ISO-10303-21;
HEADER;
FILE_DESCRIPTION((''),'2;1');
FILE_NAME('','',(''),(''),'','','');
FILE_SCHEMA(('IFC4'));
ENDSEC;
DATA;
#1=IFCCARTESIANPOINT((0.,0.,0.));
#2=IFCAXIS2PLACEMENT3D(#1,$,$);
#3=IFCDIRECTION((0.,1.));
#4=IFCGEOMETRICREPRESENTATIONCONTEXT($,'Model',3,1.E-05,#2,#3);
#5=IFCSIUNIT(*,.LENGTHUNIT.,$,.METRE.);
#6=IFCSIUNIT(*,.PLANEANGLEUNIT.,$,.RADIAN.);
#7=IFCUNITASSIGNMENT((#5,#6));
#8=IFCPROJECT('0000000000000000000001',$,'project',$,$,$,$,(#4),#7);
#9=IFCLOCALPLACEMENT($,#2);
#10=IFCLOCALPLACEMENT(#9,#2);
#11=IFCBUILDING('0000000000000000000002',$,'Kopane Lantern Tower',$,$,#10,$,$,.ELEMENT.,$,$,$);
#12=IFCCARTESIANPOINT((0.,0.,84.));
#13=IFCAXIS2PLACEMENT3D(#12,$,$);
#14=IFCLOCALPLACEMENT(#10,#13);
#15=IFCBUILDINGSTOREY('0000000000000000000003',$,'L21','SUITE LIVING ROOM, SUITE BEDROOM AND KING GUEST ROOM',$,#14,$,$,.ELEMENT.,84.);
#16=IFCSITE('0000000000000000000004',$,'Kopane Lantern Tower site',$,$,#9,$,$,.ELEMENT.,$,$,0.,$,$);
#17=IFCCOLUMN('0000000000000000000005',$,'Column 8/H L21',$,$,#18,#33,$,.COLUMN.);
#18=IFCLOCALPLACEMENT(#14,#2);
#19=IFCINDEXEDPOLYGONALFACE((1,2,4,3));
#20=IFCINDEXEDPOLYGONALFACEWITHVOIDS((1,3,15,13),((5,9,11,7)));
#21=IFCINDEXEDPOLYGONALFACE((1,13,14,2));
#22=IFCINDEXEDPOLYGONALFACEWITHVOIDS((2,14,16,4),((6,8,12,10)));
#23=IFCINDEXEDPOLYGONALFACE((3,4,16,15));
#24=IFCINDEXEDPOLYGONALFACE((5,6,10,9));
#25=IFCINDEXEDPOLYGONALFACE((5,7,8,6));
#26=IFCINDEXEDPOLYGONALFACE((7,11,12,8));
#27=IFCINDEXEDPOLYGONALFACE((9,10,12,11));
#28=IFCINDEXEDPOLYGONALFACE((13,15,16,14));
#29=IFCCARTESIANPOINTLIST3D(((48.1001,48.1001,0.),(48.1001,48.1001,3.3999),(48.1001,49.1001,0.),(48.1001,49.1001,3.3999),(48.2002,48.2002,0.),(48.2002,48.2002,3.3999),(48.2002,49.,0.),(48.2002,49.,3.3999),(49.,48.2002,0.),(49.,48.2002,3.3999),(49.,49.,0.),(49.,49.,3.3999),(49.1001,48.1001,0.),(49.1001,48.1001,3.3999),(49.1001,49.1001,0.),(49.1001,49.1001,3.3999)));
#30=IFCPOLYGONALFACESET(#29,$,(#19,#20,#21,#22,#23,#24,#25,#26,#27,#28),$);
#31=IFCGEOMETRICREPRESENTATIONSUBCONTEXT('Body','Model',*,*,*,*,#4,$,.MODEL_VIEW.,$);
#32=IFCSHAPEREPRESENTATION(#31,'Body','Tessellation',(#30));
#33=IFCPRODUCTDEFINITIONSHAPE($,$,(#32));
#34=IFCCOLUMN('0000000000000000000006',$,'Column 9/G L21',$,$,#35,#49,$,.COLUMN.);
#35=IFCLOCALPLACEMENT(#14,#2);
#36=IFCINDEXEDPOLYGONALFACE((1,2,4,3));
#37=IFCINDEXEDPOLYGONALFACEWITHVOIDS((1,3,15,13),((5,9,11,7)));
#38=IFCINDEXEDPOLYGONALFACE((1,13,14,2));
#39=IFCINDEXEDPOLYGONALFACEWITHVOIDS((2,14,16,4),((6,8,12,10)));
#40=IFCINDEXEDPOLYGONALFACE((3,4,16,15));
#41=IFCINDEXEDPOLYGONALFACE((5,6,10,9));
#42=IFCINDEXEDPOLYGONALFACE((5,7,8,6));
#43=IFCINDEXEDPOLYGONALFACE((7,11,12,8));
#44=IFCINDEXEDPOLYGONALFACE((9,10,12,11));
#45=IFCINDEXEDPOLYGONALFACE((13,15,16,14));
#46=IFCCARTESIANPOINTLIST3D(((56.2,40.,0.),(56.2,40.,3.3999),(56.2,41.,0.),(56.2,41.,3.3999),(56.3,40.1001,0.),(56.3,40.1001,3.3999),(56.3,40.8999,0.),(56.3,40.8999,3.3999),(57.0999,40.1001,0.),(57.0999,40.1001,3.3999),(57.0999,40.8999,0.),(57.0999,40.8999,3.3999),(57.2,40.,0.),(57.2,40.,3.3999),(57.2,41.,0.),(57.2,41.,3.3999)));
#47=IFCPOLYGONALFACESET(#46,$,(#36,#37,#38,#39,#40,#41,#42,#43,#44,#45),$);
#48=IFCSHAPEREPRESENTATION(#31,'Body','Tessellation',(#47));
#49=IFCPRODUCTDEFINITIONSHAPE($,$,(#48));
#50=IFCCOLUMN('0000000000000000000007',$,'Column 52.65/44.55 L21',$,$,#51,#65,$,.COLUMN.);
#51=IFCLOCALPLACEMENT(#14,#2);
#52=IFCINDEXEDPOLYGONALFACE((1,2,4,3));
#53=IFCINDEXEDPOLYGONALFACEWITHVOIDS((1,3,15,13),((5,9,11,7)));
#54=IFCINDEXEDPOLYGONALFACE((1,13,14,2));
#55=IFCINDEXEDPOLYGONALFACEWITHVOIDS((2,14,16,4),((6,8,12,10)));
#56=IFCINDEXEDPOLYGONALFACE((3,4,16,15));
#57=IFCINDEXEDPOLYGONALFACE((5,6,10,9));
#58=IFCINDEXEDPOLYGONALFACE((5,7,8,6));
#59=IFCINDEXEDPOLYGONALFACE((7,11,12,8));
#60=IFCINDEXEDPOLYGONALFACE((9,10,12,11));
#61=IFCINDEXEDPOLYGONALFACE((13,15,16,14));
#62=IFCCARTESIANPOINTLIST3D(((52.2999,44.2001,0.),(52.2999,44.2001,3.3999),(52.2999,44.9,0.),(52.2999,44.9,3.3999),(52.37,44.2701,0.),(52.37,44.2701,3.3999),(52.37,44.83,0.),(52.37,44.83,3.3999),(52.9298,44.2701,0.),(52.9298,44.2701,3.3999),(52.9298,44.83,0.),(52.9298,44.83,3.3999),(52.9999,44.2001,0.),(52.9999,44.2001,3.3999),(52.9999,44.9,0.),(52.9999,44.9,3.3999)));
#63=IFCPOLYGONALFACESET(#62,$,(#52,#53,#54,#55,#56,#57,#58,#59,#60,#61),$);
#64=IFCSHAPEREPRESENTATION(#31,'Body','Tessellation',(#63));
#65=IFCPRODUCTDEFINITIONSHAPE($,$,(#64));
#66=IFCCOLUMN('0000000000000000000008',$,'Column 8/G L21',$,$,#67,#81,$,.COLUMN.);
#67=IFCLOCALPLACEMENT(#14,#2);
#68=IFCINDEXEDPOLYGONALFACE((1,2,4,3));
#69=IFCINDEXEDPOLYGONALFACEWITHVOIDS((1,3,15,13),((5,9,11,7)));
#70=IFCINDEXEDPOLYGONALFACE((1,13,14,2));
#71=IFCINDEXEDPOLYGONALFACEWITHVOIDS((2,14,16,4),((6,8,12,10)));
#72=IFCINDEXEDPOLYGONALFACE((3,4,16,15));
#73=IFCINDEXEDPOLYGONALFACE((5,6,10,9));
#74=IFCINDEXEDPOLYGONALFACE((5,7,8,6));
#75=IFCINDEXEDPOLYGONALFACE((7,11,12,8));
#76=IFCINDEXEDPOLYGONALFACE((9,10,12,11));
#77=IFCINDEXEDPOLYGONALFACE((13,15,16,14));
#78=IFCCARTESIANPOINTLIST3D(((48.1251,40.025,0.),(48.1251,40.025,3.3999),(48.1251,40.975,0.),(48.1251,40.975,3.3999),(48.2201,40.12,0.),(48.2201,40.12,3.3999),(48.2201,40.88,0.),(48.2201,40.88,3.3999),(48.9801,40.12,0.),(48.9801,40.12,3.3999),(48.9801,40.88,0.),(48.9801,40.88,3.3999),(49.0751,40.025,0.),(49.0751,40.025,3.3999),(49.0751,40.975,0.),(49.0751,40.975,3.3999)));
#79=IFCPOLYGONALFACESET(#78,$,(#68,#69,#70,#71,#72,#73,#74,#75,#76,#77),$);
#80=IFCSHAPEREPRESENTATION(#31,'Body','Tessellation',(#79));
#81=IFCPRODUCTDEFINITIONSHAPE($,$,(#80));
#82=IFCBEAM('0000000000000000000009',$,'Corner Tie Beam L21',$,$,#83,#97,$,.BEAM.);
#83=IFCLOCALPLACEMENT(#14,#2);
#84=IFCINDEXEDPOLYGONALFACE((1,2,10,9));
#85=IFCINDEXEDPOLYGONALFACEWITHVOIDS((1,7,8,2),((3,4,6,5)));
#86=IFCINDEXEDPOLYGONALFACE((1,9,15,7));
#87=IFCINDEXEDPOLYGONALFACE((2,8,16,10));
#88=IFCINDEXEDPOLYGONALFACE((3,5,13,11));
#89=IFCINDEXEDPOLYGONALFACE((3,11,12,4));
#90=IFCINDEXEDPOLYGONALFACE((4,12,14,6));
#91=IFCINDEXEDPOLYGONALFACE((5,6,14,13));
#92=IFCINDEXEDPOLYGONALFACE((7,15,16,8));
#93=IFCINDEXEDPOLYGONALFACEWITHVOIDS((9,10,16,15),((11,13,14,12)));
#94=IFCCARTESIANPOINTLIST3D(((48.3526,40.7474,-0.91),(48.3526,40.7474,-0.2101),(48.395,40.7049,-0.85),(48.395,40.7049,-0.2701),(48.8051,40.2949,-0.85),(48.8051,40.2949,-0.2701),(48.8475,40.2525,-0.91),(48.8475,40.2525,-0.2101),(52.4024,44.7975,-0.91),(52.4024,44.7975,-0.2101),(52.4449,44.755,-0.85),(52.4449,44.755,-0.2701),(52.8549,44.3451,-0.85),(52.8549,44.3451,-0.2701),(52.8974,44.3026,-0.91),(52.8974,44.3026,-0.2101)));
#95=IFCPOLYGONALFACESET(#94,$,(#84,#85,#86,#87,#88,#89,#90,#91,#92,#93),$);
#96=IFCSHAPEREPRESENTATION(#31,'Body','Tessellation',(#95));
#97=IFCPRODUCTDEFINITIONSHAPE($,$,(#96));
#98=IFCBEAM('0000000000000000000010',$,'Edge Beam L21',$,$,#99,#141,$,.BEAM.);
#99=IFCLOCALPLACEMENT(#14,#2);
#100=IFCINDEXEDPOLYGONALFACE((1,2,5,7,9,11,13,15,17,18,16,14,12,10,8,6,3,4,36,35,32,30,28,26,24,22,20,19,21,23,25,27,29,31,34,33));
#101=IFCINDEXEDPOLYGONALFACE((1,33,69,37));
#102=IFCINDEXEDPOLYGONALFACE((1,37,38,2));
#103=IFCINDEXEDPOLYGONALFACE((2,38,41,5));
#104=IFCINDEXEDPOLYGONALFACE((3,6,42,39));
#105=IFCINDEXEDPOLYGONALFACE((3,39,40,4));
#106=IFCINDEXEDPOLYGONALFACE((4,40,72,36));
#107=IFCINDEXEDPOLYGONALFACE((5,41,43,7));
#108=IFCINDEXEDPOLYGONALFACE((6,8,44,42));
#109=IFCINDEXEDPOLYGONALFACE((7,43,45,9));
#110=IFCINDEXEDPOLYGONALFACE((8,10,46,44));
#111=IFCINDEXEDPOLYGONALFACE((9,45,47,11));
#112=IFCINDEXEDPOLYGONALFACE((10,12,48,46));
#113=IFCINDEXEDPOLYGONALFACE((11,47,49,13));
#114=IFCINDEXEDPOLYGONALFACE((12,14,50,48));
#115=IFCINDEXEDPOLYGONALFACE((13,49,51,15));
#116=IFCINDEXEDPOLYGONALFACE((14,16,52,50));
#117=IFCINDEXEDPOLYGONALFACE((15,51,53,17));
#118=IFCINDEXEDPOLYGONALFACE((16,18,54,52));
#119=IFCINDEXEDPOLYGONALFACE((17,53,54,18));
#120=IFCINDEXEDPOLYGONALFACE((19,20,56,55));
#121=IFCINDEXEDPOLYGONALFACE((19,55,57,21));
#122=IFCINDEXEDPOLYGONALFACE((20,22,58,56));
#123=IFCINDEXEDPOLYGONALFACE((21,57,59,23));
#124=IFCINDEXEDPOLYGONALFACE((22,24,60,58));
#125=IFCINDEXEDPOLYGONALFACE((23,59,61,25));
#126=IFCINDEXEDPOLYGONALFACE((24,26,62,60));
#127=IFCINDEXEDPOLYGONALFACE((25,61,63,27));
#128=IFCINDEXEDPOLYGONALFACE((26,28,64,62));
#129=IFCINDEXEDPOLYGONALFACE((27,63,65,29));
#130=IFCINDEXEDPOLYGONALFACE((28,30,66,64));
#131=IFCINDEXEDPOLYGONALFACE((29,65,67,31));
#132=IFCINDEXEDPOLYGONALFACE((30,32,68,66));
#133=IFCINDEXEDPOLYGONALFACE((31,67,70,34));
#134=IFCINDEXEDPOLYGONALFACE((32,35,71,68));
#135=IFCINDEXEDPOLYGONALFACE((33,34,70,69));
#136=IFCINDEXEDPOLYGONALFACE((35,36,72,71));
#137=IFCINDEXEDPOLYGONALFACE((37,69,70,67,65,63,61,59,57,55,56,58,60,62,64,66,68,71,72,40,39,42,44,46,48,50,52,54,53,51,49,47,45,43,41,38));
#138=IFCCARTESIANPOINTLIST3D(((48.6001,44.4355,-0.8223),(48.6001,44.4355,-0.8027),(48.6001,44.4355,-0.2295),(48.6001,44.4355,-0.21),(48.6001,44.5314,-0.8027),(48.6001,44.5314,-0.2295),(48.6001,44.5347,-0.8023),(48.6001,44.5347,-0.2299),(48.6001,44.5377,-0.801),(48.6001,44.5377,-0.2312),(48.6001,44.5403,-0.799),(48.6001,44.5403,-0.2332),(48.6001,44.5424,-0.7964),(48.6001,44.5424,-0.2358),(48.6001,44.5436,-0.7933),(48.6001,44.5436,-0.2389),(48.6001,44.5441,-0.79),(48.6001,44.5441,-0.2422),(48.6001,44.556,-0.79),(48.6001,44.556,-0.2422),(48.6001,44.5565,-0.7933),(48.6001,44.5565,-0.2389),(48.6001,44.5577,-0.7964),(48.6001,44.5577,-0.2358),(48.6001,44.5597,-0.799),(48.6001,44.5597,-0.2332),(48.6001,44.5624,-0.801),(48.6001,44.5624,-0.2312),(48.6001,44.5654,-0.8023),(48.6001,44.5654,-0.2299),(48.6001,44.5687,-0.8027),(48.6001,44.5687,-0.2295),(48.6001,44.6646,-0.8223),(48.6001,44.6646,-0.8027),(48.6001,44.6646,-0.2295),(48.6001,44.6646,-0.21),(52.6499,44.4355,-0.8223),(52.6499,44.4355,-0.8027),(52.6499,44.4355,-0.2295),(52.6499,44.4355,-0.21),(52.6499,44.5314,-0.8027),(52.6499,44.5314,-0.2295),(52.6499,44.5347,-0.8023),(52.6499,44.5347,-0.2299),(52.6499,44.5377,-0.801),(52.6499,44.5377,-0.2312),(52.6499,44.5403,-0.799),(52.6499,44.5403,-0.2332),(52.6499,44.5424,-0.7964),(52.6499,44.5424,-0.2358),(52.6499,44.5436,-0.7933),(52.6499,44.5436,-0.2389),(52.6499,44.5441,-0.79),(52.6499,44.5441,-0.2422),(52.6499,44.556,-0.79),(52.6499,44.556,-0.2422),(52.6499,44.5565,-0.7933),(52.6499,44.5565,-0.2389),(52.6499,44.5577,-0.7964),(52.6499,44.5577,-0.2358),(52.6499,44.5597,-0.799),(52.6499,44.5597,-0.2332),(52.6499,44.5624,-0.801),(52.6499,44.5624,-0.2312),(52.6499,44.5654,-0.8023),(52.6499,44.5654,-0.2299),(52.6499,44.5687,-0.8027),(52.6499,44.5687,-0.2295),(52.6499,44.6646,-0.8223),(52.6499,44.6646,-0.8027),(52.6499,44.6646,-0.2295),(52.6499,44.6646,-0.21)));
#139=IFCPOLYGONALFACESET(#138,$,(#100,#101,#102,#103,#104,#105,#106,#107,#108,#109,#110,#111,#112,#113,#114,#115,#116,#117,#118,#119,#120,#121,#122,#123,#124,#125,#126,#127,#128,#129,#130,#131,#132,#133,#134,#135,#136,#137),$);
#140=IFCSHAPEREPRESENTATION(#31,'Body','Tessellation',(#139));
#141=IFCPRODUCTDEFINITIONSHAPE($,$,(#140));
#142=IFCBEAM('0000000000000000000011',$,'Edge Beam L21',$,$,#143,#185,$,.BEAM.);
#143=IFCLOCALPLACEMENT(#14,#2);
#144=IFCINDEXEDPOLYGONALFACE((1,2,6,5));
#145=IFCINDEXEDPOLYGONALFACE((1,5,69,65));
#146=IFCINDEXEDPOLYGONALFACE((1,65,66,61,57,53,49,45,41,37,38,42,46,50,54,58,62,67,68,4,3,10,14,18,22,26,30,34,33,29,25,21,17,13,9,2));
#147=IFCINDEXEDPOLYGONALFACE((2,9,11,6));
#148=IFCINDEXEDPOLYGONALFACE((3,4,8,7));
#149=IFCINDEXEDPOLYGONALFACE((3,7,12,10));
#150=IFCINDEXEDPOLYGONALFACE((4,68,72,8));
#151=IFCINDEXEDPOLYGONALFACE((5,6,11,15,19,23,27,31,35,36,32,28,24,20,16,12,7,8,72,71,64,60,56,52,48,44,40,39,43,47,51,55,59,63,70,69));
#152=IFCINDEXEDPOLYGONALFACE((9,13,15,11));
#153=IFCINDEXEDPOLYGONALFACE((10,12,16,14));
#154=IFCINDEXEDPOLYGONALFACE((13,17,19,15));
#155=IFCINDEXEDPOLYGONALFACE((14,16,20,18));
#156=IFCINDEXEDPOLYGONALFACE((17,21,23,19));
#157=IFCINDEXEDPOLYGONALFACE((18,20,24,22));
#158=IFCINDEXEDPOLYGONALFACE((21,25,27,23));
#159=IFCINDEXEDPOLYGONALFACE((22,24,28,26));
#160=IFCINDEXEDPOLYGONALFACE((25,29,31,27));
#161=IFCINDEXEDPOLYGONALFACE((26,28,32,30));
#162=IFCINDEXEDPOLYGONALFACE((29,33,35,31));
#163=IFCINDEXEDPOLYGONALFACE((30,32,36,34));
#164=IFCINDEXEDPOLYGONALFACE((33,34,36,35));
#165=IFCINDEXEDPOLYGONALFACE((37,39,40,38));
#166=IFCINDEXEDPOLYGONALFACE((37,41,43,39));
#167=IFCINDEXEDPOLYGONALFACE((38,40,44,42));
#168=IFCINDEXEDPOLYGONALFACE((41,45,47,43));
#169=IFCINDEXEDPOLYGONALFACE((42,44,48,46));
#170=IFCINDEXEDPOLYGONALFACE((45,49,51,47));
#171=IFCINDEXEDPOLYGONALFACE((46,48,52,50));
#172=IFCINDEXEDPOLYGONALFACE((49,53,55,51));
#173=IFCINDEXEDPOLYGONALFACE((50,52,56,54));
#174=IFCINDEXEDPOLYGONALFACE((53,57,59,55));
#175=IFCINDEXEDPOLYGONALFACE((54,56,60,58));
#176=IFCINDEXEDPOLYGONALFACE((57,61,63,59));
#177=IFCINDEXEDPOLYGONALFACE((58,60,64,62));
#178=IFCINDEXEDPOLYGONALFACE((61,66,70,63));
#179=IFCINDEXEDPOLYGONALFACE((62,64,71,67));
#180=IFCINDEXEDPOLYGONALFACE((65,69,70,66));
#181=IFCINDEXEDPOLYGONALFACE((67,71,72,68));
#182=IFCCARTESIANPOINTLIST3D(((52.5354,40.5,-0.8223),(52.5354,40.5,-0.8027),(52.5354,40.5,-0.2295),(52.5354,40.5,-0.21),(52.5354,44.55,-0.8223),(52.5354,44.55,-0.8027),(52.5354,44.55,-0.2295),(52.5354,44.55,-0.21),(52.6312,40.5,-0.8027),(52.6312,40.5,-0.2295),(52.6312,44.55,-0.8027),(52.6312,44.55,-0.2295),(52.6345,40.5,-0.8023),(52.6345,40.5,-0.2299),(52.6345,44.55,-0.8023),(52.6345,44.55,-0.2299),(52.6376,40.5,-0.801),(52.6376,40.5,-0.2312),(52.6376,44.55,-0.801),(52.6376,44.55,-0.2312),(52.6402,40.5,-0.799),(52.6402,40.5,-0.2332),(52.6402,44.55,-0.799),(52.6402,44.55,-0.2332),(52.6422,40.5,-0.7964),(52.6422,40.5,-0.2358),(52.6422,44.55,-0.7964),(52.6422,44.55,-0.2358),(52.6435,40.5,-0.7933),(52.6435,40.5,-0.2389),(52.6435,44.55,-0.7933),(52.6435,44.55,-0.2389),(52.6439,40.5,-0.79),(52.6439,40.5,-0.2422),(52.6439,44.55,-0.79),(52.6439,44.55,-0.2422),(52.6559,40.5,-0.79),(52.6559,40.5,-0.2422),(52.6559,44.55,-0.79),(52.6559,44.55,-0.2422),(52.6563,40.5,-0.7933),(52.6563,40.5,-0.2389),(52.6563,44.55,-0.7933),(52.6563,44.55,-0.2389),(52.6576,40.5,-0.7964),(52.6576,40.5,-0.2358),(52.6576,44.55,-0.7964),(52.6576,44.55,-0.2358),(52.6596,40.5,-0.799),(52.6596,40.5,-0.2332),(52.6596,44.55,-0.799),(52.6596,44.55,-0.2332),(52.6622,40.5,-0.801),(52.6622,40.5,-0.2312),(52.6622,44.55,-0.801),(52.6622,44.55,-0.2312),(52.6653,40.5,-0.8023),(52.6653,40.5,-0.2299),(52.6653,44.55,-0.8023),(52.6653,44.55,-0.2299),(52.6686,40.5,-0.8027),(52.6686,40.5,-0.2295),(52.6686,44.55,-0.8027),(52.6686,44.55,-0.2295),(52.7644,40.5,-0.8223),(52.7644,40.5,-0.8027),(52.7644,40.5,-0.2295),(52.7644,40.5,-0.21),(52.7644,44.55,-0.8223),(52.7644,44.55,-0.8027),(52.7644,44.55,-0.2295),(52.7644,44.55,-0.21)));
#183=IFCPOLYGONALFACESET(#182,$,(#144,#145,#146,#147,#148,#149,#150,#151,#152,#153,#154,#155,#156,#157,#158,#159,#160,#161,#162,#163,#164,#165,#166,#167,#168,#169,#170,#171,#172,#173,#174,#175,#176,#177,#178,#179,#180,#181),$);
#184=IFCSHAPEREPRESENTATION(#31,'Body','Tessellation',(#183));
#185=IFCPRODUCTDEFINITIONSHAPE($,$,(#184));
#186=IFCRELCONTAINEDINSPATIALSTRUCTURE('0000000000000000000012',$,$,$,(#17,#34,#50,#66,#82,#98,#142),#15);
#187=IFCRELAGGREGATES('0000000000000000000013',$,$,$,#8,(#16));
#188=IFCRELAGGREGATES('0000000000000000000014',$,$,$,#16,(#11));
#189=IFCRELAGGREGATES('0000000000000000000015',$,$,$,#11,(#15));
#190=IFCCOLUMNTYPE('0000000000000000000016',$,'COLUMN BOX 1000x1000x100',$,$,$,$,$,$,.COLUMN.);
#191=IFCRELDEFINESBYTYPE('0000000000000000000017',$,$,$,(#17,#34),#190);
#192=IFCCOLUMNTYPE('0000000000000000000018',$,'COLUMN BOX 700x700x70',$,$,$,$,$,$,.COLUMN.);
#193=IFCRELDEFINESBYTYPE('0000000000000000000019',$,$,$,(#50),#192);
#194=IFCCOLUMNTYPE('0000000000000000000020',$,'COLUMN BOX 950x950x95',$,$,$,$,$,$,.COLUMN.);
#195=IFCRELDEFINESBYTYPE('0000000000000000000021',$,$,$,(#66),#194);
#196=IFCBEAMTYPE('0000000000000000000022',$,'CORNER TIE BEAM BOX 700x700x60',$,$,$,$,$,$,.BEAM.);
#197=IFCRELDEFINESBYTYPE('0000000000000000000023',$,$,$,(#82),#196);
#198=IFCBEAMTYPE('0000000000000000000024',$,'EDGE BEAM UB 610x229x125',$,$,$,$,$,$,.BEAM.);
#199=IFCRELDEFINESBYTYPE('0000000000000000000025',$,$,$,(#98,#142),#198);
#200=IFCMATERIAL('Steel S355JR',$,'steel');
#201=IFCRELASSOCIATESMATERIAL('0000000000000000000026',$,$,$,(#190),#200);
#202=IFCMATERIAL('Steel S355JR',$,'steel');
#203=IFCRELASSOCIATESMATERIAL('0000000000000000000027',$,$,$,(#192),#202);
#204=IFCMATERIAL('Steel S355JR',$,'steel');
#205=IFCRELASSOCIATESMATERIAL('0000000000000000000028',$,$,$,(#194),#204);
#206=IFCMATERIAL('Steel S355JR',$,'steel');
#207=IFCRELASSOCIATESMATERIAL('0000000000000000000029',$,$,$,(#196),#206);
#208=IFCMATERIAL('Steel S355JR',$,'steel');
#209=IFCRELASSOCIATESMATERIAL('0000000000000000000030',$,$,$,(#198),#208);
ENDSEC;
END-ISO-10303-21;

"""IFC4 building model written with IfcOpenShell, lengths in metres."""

from ifc_helpers import new_model, si_unit, direction, frame, origin, origin_2d, place, context, subcontext, project, spatial, hollow_rectangle, i_section, extrude, material, material_profile, profile_set, type_object, element, save


model = new_model("IFC4")

# Units and contexts
model_context = context("Model", 3, precision=1e-05, world=origin(), true_north=direction((0.0, 1.0)))
body_context = subcontext(model_context, "Body", "Model", "MODEL_VIEW")
ifc_project = project(units=[si_unit("LENGTHUNIT", "METRE"), si_unit("PLANEANGLEUNIT", "RADIAN")], contexts=[model_context])

# Site, building, storey
site_placement = place(None, origin())
site = spatial("IfcSite", under=ifc_project, at=site_placement, Name="Kopane Lantern Tower site", CompositionType="ELEMENT", RefElevation=0.0)
building_placement = place(site_placement, origin())
building = spatial("IfcBuilding", under=site, at=building_placement, Name="Kopane Lantern Tower", CompositionType="ELEMENT")
storey_placement = place(building_placement, frame((0.0, 0.0, 84.0)))
storey = spatial("IfcBuildingStorey", under=building, at=storey_placement, Name="L21", Description="SUITE LIVING ROOM, SUITE BEDROOM AND KING GUEST ROOM", CompositionType="ELEMENT", Elevation=84.0)

# Columns
ifc_material_1 = material(Name="Steel S355JR", Category="steel")
ifc_material_profile_1 = material_profile(ifc_material_1, hollow_rectangle(XDim=1.0, YDim=1.0, WallThickness=0.1001, at=origin_2d()), Name="BOX 1000x1000x100")
ifc_profile_set_1 = profile_set([ifc_material_profile_1], Name="Steel S355JR")
column_type_1 = type_object("IfcColumnType", Name="COLUMN BOX 1000x1000x100", PredefinedType="COLUMN", material=ifc_profile_set_1)
for number, where, z_axis, x_axis, name in (
    (1, (48.6001, 48.6001, 0.0), (0.0, 0.0, 1.0), (1.0, 0.0, 0.0), "Column 8/H L21"),
    (2, (56.7, 40.5, 0.0), (0.0, 0.0, 1.0), (1.0, 0.0, 0.0), "Column 9/G L21"),
):
    element("IfcColumn", number, at=place(storey_placement, frame(where, z_axis=z_axis, x_axis=x_axis)), inside=storey, type_object=column_type_1, Name=name, PredefinedType="COLUMN", context=body_context, shape_type="SweptSolid", body=[
        extrude(hollow_rectangle(XDim=1.0, YDim=1.0, WallThickness=0.1001, at=origin_2d()), origin(), (0.0, 0.0, 1.0), 3.3999),
    ])
ifc_material_2 = material(Name="Steel S355JR", Category="steel")
ifc_material_profile_2 = material_profile(ifc_material_2, hollow_rectangle(XDim=0.7, YDim=0.7, WallThickness=0.0701, at=origin_2d()), Name="BOX 700x700x70")
ifc_profile_set_2 = profile_set([ifc_material_profile_2], Name="Steel S355JR")
column_type_2 = type_object("IfcColumnType", Name="COLUMN BOX 700x700x70", PredefinedType="COLUMN", material=ifc_profile_set_2)
column_1_placement = place(storey_placement, frame((52.6499, 44.55, 0.0), z_axis=(0.0, 0.0, 1.0), x_axis=(1.0, 0.0, 0.0)))
element("IfcColumn", 3, at=column_1_placement, inside=storey, type_object=column_type_2, Name="Column 52.65/44.55 L21", PredefinedType="COLUMN", context=body_context, shape_type="SweptSolid", body=[
    extrude(hollow_rectangle(XDim=0.7, YDim=0.7, WallThickness=0.0701, at=origin_2d()), origin(), (0.0, 0.0, 1.0), 3.3999),
])
ifc_material_3 = material(Name="Steel S355JR", Category="steel")
ifc_material_profile_3 = material_profile(ifc_material_3, hollow_rectangle(XDim=0.95, YDim=0.95, WallThickness=0.095, at=origin_2d()), Name="BOX 950x950x95")
ifc_profile_set_3 = profile_set([ifc_material_profile_3], Name="Steel S355JR")
column_type_3 = type_object("IfcColumnType", Name="COLUMN BOX 950x950x95", PredefinedType="COLUMN", material=ifc_profile_set_3)
column_2_placement = place(storey_placement, frame((48.6001, 40.5, 0.0), z_axis=(0.0, 0.0, 1.0), x_axis=(1.0, 0.0, 0.0)))
element("IfcColumn", 4, at=column_2_placement, inside=storey, type_object=column_type_3, Name="Column 8/G L21", PredefinedType="COLUMN", context=body_context, shape_type="SweptSolid", body=[
    extrude(hollow_rectangle(XDim=0.95, YDim=0.95, WallThickness=0.095, at=origin_2d()), origin(), (0.0, 0.0, 1.0), 3.3999),
])

# Beams
ifc_material_4 = material(Name="Steel S355JR", Category="steel")
ifc_material_profile_4 = material_profile(ifc_material_4, hollow_rectangle(XDim=0.7, YDim=0.7, WallThickness=0.0601, at=origin_2d()), Name="BOX 700x700x60")
ifc_profile_set_4 = profile_set([ifc_material_profile_4], Name="Steel S355JR")
beam_type_1 = type_object("IfcBeamType", Name="CORNER TIE BEAM BOX 700x700x60", PredefinedType="BEAM", material=ifc_profile_set_4)
beam_1_placement = place(storey_placement, frame((52.6499, 44.55, -0.5601), z_axis=(-0.707085, -0.707128, 0.0), x_axis=(0.707128, -0.707085, 0.0)))
element("IfcBeam", 5, at=beam_1_placement, inside=storey, type_object=beam_type_1, Name="Corner Tie Beam L21", PredefinedType="BEAM", context=body_context, shape_type="SweptSolid", body=[
    extrude(hollow_rectangle(XDim=0.7, YDim=0.7, WallThickness=0.0601, at=origin_2d()), origin(), (0.0, 0.0, 1.0), 5.7275),
])
ifc_material_5 = material(Name="Steel S355JR", Category="steel")
ifc_material_profile_5 = material_profile(ifc_material_5, i_section(OverallWidth=0.229, OverallDepth=0.6123, WebThickness=0.012, FlangeThickness=0.0195, FilletRadius=0.0127, at=origin_2d()), Name="UB 610x229x125")
ifc_profile_set_5 = profile_set([ifc_material_profile_5], Name="Steel S355JR")
beam_type_2 = type_object("IfcBeamType", Name="EDGE BEAM UB 610x229x125", PredefinedType="BEAM", material=ifc_profile_set_5)
beam_2_placement = place(storey_placement, frame((52.6499, 44.55, -0.5161), z_axis=(-1.0, 0.0, 0.0), x_axis=(0.0, -1.0, 0.0)))
element("IfcBeam", 6, at=beam_2_placement, inside=storey, type_object=beam_type_2, Name="Edge Beam L21", PredefinedType="BEAM", context=body_context, shape_type="SweptSolid", body=[
    extrude(i_section(OverallWidth=0.229, OverallDepth=0.6123, WebThickness=0.012, FlangeThickness=0.0195, FilletRadius=0.0127, at=origin_2d()), origin(), (0.0, 0.0, 1.0), 4.0498),
])
beam_3_placement = place(storey_placement, frame((52.6499, 44.55, -0.5161), z_axis=(0.0, -1.0, 0.0), x_axis=(1.0, 0.0, 0.0)))
element("IfcBeam", 7, at=beam_3_placement, inside=storey, type_object=beam_type_2, Name="Edge Beam L21", PredefinedType="BEAM", context=body_context, shape_type="SweptSolid", body=[
    extrude(i_section(OverallWidth=0.229, OverallDepth=0.6123, WebThickness=0.012, FlangeThickness=0.0195, FilletRadius=0.0127, at=origin_2d()), origin(), (0.0, 0.0, 1.0), 4.05),
])

save(model, "model.ifc")
